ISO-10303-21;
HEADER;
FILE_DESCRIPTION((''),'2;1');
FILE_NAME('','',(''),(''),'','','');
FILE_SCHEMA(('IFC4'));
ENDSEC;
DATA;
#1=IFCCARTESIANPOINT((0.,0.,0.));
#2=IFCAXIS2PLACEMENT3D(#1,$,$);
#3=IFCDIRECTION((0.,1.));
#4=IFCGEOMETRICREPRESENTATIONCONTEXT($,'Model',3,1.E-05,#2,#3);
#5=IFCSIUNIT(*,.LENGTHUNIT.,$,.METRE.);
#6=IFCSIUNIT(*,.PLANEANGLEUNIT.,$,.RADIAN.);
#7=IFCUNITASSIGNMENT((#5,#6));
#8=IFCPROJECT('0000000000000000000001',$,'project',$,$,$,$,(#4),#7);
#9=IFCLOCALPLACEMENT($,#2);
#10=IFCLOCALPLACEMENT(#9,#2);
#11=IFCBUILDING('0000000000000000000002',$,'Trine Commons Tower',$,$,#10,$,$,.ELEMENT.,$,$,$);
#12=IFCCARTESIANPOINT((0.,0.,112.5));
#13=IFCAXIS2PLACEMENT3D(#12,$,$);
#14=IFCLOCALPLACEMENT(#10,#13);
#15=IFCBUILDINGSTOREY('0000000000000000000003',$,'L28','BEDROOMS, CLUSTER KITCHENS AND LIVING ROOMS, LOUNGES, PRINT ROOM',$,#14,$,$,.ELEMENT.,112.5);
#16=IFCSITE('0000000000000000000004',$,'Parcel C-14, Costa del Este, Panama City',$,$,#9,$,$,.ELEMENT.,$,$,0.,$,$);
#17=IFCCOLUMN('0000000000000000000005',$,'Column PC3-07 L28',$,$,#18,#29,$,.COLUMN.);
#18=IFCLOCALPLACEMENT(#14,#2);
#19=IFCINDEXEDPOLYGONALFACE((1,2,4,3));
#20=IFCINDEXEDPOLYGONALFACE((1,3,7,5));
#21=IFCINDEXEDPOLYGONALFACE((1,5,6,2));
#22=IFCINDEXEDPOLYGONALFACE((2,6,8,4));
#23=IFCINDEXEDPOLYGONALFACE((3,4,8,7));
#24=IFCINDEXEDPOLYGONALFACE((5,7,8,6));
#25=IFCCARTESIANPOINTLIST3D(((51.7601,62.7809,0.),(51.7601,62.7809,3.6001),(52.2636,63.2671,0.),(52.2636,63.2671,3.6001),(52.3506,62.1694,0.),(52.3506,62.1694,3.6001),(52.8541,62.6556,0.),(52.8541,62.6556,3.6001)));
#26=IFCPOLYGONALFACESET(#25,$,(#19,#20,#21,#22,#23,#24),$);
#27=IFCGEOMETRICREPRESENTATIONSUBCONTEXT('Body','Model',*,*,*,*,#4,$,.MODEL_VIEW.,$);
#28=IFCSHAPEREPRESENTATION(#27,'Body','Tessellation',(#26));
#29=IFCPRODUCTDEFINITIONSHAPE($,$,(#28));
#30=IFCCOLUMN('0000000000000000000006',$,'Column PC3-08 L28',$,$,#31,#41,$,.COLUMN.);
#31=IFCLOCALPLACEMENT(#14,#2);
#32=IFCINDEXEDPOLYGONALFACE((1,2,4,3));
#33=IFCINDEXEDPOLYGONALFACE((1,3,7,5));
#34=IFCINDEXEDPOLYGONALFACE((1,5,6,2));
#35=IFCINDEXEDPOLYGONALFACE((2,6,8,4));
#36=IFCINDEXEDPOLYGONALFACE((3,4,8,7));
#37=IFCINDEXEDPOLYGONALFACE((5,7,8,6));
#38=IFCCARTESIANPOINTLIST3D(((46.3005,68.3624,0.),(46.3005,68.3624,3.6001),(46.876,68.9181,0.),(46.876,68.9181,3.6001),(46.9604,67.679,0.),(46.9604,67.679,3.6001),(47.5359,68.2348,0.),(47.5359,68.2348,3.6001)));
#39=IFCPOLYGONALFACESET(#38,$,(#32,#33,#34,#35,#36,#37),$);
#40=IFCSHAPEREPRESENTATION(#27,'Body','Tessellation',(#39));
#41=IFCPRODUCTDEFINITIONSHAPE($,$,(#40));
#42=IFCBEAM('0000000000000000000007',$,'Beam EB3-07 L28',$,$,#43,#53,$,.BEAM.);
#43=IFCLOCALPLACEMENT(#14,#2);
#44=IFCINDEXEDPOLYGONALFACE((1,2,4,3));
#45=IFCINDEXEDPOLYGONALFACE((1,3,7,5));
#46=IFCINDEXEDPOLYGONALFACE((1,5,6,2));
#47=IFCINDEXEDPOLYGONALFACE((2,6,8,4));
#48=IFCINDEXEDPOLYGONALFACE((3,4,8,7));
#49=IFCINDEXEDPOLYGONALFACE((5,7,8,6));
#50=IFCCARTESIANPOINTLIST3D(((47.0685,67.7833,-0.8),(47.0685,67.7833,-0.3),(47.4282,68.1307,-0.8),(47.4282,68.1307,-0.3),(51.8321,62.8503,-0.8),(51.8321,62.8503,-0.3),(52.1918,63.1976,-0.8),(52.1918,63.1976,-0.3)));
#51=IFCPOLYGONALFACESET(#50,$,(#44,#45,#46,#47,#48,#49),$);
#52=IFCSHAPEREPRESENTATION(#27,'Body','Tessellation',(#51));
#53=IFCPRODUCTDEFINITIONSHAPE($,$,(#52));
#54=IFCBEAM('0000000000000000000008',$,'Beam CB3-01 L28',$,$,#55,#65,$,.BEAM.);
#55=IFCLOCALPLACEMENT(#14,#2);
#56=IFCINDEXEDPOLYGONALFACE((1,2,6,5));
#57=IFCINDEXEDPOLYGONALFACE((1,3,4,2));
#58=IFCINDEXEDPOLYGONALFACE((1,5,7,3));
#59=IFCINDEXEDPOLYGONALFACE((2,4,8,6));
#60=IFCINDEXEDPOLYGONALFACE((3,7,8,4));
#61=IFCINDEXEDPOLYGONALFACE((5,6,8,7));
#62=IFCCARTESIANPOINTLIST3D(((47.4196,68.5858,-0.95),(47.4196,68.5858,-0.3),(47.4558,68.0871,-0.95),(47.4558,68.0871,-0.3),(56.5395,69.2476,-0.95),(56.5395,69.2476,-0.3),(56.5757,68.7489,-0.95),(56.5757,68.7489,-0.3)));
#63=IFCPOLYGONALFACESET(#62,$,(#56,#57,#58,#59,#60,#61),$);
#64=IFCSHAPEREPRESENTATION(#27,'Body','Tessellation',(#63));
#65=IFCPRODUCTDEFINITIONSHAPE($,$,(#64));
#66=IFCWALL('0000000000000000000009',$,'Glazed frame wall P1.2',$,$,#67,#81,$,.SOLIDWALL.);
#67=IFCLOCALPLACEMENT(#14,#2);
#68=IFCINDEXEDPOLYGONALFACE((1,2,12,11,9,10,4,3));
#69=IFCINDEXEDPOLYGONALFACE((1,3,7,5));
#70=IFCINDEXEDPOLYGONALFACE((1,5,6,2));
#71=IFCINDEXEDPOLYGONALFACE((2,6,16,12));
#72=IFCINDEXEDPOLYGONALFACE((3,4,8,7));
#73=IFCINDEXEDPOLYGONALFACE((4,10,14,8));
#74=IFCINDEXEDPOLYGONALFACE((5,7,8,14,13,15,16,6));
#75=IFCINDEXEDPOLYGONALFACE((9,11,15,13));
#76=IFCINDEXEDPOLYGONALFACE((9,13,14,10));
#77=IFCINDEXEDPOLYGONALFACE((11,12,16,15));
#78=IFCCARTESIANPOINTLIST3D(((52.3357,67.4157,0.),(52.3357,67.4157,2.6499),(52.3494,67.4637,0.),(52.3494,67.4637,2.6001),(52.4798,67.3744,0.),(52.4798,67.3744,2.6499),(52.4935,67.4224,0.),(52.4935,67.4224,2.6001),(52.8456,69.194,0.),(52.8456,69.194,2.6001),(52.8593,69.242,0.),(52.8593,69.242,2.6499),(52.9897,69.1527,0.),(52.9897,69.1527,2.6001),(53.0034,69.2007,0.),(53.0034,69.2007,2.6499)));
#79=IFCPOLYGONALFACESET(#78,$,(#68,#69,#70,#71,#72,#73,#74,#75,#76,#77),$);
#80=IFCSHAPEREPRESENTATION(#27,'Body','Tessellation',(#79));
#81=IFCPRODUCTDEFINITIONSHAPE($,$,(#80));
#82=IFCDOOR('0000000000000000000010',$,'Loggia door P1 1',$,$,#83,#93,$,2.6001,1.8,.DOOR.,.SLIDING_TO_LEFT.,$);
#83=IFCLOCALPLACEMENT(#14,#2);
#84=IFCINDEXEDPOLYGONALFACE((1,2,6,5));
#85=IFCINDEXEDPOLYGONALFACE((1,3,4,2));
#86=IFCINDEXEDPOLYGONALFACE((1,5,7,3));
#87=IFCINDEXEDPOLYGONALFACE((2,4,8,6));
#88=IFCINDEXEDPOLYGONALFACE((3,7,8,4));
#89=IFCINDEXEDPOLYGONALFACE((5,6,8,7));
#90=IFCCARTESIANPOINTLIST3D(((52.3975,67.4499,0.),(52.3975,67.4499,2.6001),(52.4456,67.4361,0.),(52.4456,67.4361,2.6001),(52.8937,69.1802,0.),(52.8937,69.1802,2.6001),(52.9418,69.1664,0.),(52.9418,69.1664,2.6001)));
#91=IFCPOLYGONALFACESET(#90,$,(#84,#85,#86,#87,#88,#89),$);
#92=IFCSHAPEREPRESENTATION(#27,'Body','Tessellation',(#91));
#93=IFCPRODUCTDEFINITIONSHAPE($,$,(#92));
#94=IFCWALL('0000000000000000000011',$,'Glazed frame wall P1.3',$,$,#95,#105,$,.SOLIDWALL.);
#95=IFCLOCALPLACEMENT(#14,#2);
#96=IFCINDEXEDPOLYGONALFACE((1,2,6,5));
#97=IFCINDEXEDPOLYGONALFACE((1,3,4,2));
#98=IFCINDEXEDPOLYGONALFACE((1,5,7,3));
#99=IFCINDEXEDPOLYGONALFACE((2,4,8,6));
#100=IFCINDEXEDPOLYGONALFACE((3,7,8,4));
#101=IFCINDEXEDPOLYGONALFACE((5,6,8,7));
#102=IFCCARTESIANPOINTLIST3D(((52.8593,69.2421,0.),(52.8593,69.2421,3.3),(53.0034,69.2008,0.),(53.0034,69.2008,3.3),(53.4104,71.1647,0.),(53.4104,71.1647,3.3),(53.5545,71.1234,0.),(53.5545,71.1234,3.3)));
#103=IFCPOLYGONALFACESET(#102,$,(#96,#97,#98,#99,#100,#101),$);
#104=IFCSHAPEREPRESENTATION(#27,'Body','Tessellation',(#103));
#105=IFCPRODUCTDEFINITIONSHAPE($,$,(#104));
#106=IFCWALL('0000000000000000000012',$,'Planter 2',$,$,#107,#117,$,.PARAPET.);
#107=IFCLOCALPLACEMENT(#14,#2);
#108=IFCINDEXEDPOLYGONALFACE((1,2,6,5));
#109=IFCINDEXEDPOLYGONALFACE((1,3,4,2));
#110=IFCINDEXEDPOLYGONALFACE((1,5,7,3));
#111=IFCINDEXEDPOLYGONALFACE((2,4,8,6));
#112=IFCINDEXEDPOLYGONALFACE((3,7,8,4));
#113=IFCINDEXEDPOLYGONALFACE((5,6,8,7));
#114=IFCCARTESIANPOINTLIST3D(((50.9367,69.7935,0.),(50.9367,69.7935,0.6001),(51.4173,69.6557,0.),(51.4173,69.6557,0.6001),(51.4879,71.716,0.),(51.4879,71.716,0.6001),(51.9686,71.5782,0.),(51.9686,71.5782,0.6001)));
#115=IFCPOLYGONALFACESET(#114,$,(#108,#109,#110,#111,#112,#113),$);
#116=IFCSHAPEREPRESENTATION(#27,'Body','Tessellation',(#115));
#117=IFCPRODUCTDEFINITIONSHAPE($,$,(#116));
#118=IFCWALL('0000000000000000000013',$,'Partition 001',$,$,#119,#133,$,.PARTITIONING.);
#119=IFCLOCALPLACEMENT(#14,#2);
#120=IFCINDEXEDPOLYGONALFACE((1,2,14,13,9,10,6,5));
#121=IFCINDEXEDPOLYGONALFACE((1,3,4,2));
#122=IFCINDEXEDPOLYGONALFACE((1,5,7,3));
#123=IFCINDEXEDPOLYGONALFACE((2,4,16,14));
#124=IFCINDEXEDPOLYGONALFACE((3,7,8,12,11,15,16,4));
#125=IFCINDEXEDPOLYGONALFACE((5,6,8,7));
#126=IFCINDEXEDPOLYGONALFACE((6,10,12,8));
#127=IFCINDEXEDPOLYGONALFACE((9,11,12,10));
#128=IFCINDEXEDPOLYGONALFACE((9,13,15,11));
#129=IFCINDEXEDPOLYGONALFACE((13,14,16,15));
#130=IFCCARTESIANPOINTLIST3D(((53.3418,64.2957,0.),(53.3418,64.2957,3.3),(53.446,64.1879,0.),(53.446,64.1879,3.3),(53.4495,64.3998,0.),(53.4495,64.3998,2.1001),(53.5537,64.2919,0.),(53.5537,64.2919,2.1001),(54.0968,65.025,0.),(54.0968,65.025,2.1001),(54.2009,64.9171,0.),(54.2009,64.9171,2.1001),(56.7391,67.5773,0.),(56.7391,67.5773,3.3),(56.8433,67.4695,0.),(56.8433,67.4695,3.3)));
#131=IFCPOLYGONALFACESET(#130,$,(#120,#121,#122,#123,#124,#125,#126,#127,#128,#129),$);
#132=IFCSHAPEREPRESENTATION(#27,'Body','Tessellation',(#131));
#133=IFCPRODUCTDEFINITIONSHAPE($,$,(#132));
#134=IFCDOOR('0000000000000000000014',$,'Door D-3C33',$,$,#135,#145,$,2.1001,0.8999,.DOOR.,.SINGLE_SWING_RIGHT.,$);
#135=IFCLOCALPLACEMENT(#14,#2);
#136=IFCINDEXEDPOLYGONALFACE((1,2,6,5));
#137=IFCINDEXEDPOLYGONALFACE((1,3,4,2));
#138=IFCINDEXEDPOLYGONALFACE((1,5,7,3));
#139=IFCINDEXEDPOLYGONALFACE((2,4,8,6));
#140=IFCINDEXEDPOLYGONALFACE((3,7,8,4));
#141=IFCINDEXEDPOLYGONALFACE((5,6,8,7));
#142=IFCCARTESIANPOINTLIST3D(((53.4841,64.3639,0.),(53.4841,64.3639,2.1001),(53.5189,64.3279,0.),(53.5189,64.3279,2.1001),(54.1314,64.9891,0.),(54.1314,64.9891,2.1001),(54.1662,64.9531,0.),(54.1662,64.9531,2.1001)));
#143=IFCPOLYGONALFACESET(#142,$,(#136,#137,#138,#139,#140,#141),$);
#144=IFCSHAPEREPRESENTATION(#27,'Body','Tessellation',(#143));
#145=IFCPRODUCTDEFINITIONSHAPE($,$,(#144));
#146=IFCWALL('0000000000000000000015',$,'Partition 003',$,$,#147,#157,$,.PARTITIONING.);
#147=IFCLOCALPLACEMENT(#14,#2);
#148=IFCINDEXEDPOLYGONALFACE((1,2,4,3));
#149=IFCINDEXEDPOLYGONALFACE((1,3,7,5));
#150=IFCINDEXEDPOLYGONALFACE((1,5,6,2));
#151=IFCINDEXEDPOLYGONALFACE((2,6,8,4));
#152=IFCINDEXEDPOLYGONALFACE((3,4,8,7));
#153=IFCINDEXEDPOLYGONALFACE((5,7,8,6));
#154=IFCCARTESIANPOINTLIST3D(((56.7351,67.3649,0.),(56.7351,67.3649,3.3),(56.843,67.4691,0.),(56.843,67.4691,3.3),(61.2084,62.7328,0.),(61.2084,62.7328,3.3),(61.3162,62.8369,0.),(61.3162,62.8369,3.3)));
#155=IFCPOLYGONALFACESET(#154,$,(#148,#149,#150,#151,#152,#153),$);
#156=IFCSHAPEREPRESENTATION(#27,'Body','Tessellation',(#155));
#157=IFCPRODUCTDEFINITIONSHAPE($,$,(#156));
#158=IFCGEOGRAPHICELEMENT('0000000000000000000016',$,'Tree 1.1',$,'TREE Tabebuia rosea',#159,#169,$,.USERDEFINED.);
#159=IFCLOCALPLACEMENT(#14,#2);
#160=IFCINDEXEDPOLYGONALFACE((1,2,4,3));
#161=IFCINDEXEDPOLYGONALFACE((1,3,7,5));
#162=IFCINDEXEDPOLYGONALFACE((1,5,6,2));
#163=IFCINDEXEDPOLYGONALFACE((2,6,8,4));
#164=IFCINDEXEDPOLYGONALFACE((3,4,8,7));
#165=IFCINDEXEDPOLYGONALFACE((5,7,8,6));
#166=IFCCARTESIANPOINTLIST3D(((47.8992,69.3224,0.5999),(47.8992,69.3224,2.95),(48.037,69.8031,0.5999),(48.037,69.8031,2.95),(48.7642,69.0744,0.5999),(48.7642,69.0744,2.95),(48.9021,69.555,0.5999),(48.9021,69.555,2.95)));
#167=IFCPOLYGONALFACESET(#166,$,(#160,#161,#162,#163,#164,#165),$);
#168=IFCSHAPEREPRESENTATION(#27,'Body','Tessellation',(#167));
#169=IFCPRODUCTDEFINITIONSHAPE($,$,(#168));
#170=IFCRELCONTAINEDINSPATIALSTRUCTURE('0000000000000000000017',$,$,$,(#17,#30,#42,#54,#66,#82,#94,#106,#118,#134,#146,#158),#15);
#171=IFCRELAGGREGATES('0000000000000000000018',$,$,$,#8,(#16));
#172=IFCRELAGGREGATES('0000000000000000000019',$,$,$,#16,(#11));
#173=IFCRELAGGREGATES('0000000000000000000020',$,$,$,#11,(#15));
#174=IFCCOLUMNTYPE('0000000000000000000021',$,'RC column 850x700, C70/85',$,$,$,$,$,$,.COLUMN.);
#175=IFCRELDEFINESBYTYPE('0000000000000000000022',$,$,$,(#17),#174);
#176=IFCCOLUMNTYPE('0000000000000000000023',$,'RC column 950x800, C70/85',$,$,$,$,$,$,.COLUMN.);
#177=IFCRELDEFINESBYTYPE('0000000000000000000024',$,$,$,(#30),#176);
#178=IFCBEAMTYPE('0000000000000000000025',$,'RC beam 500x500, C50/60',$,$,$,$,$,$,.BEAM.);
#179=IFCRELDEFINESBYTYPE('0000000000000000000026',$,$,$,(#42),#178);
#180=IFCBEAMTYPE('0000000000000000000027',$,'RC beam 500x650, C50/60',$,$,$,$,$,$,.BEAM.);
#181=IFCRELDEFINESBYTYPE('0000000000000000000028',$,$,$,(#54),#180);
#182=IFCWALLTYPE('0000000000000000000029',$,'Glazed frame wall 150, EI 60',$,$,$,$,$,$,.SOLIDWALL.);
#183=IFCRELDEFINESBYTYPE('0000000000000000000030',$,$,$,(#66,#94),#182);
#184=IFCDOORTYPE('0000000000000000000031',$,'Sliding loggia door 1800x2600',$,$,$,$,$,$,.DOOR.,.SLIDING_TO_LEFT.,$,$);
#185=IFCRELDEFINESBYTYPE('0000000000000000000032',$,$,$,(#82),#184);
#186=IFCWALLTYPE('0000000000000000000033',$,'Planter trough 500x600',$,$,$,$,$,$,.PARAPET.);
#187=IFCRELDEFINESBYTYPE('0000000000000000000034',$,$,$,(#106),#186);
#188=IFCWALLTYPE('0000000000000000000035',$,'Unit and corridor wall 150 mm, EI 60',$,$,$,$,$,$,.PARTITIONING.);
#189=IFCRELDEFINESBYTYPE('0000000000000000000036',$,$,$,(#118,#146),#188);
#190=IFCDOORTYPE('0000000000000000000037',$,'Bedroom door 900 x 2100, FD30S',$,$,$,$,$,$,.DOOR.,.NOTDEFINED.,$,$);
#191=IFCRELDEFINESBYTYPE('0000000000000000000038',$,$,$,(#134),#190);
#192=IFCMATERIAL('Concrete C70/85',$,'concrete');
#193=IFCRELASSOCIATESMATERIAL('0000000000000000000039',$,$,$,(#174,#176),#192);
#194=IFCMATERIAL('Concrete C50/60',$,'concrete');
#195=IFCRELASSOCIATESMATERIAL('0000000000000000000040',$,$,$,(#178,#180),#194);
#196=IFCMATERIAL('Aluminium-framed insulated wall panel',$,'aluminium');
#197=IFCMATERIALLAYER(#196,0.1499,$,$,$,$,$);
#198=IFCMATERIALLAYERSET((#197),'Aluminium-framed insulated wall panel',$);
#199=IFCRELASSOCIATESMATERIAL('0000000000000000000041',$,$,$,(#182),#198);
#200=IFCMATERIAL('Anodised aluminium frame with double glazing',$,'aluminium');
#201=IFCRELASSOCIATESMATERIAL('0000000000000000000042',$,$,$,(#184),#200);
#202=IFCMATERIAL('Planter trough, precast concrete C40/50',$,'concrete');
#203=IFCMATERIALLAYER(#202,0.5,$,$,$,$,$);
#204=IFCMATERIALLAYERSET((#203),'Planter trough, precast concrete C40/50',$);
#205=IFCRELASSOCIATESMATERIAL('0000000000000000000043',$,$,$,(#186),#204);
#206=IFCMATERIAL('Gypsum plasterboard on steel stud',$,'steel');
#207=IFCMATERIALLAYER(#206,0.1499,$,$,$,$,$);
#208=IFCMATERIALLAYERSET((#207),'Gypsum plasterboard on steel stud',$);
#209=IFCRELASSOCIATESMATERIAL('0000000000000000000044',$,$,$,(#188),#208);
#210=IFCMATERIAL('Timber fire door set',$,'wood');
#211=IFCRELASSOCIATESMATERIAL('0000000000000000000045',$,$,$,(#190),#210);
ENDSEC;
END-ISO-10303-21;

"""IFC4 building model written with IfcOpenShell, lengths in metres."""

from ifc_helpers import new_model, si_unit, direction, frame, frame_2d, origin, origin_2d, place, context, subcontext, project, spatial, polyline, rectangle, outline, extrude, material, layer, layer_set, material_profile, profile_set, type_object, element, fill, save


model = new_model("IFC4")

# Units and contexts
model_context = context("Model", 3, precision=1e-05, world=origin(), true_north=direction((0.0, 1.0)))
body_context = subcontext(model_context, "Body", "Model", "MODEL_VIEW")
ifc_project = project(units=[si_unit("LENGTHUNIT", "METRE"), si_unit("PLANEANGLEUNIT", "RADIAN")], contexts=[model_context])

# Site, building, storey
site_placement = place(None, origin())
site = spatial("IfcSite", under=ifc_project, at=site_placement, Name="Parcel C-14, Costa del Este, Panama City", CompositionType="ELEMENT", RefElevation=0.0)
building_placement = place(site_placement, origin())
building = spatial("IfcBuilding", under=site, at=building_placement, Name="Trine Commons Tower", CompositionType="ELEMENT")
storey_placement = place(building_placement, frame((0.0, 0.0, 112.5)))
storey = spatial("IfcBuildingStorey", under=building, at=storey_placement, Name="L28", Description="BEDROOMS, CLUSTER KITCHENS AND LIVING ROOMS, LOUNGES, PRINT ROOM", CompositionType="ELEMENT", Elevation=112.5)

# Columns
ifc_material_1 = material(Name="Concrete C70/85", Category="concrete")
ifc_material_profile_1 = material_profile(ifc_material_1, rectangle(XDim=0.8501, YDim=0.7, at=origin_2d()), Name="RC 850x700")
ifc_profile_set_1 = profile_set([ifc_material_profile_1], Name="Concrete C70/85")
column_type_1 = type_object("IfcColumnType", Name="RC column 850x700, C70/85", PredefinedType="COLUMN", material=ifc_profile_set_1)
column_1_placement = place(storey_placement, frame((52.3071, 62.7183, 0.0), z_axis=(0.0, 0.0, 1.0), x_axis=(-0.694658, 0.71934, 0.0)))
element("IfcColumn", 1, at=column_1_placement, inside=storey, type_object=column_type_1, Name="Column PC3-07 L28", PredefinedType="COLUMN", context=body_context, shape_type="SweptSolid", body=[
    extrude(rectangle(XDim=0.8501, YDim=0.7, at=origin_2d()), origin(), (0.0, 0.0, 1.0), 3.6001),
])
ifc_material_profile_2 = material_profile(ifc_material_1, rectangle(XDim=0.95, YDim=0.8, at=origin_2d()), Name="RC 950x800")
ifc_profile_set_2 = profile_set([ifc_material_profile_2], Name="Concrete C70/85")
column_type_2 = type_object("IfcColumnType", Name="RC column 950x800, C70/85", PredefinedType="COLUMN", material=ifc_profile_set_2)
column_2_placement = place(storey_placement, frame((46.9182, 68.2986, 0.0), z_axis=(0.0, 0.0, 1.0), x_axis=(-0.694658, 0.71934, 0.0)))
element("IfcColumn", 2, at=column_2_placement, inside=storey, type_object=column_type_2, Name="Column PC3-08 L28", PredefinedType="COLUMN", context=body_context, shape_type="SweptSolid", body=[
    extrude(rectangle(XDim=0.95, YDim=0.8, at=origin_2d()), origin(), (0.0, 0.0, 1.0), 3.6001),
])

# Beams
ifc_material_2 = material(Name="Concrete C50/60", Category="concrete")
ifc_material_profile_3 = material_profile(ifc_material_2, rectangle(XDim=0.5, YDim=0.5, at=origin_2d()), Name="RC 500x500")
ifc_profile_set_3 = profile_set([ifc_material_profile_3], Name="Concrete C50/60")
beam_type_1 = type_object("IfcBeamType", Name="RC beam 500x500, C50/60", PredefinedType="BEAM", material=ifc_profile_set_3)
beam_1_placement = place(storey_placement, frame((52.012, 63.0239, -0.55), z_axis=(-0.694645, 0.719352, 0.0), x_axis=(-0.719352, -0.694645, 0.0)))
element("IfcBeam", 3, at=beam_1_placement, inside=storey, type_object=beam_type_1, Name="Beam EB3-07 L28", PredefinedType="BEAM", context=body_context, shape_type="SweptSolid", body=[
    extrude(rectangle(XDim=0.5, YDim=0.5, at=origin_2d()), origin(), (0.0, 0.0, 1.0), 6.8577),
])
ifc_material_profile_4 = material_profile(ifc_material_2, rectangle(XDim=0.5, YDim=0.6499, at=origin_2d()), Name="RC 500x650")
ifc_profile_set_4 = profile_set([ifc_material_profile_4], Name="Concrete C50/60")
beam_type_2 = type_object("IfcBeamType", Name="RC beam 500x650, C50/60", PredefinedType="BEAM", material=ifc_profile_set_4)
beam_2_placement = place(storey_placement, frame((47.4377, 68.3364, -0.625), z_axis=(0.997377, 0.072384, 0.0), x_axis=(-0.072384, 0.997377, 0.0)))
element("IfcBeam", 4, at=beam_2_placement, inside=storey, type_object=beam_type_2, Name="Beam CB3-01 L28", PredefinedType="BEAM", context=body_context, shape_type="SweptSolid", body=[
    extrude(rectangle(XDim=0.5, YDim=0.6499, at=origin_2d()), origin(), (0.0, 0.0, 1.0), 9.1438),
])

# Shared definitions
ifc_material_3 = material(Name="Aluminium-framed insulated wall panel", Category="aluminium")
ifc_layer_1 = layer(ifc_material_3, 0.1499)
ifc_layer_set_1 = layer_set([ifc_layer_1], Name="Aluminium-framed insulated wall panel")
wall_type_1 = type_object("IfcWallType", Name="Glazed frame wall 150, EI 60", PredefinedType="SOLIDWALL", material=ifc_layer_set_1)

# Wall, opening, door
wall_1_placement = place(storey_placement, frame((52.4077, 67.395, 0.0), z_axis=(0.0, 0.0, 1.0), x_axis=(0.27562, 0.961267, 0.0)))
wall_1 = element("IfcWall", 5, at=wall_1_placement, inside=storey, type_object=wall_type_1, Name="Glazed frame wall P1.2", PredefinedType="SOLIDWALL", context=body_context, shape_type="SweptSolid", body=[
    extrude(outline(polyline([(0.0, -0.075), (1.8999, -0.075), (1.8999, 0.075), (0.0, 0.075), (0.0, -0.075)])), origin(), (0.0, 0.0, 1.0), 2.6499),
])
opening_1_placement = place(wall_1_placement, frame((0.05, 0.0, 0.0)))
opening_1 = element("IfcOpeningElement", 6, at=opening_1_placement, cuts=wall_1, PredefinedType="OPENING", context=body_context, shape_type="SweptSolid", body=[
    extrude(rectangle(XDim=1.8, YDim=2.6001, at=frame_2d((0.8999, 1.3))), frame((0.0, 0.085, 0.0), z_axis=(0.0, -1.0, 0.0), x_axis=(1.0, 0.0, 0.0)), (0.0, 0.0, 1.0), 0.1699),
])
ifc_material_4 = material(Name="Anodised aluminium frame with double glazing", Category="aluminium")
door_type_1 = type_object("IfcDoorType", Name="Sliding loggia door 1800x2600", OperationType="SLIDING_TO_LEFT", PredefinedType="DOOR", material=ifc_material_4)
door_1_placement = place(opening_1_placement, origin())
door_1 = element("IfcDoor", 7, at=door_1_placement, inside=storey, type_object=door_type_1, Name="Loggia door P1 1", OperationType="SLIDING_TO_LEFT", OverallHeight=2.6001, OverallWidth=1.8, PredefinedType="DOOR", context=body_context, shape_type="SweptSolid", body=[
    extrude(rectangle(XDim=1.8, YDim=2.6001, at=frame_2d((0.8999, 1.3))), frame((0.0, 0.0249, 0.0), z_axis=(0.0, -1.0, 0.0), x_axis=(1.0, 0.0, 0.0)), (0.0, 0.0, 1.0), 0.05),
])
fill(opening_1, door_1)

# Walls
wall_2_placement = place(storey_placement, frame((52.9314, 69.2214, 0.0), z_axis=(0.0, 0.0, 1.0), x_axis=(0.275511, 0.961298, 0.0)))
element("IfcWall", 8, at=wall_2_placement, inside=storey, type_object=wall_type_1, Name="Glazed frame wall P1.3", PredefinedType="SOLIDWALL", context=body_context, shape_type="SweptSolid", body=[
    extrude(outline(polyline([(0.0, -0.075), (2.0, -0.075), (2.0, 0.075), (0.0, 0.075), (0.0, -0.075)])), origin(), (0.0, 0.0, 1.0), 3.3),
])
ifc_material_5 = material(Name="Planter trough, precast concrete C40/50", Category="concrete")
ifc_layer_2 = layer(ifc_material_5, 0.5)
ifc_layer_set_2 = layer_set([ifc_layer_2], Name="Planter trough, precast concrete C40/50")
wall_type_2 = type_object("IfcWallType", Name="Planter trough 500x600", PredefinedType="PARAPET", material=ifc_layer_set_2)
wall_3_placement = place(storey_placement, frame((51.177, 69.7246, 0.0), z_axis=(0.0, 0.0, 1.0), x_axis=(0.275624, 0.961266, 0.0)))
element("IfcWall", 9, at=wall_3_placement, inside=storey, type_object=wall_type_2, Name="Planter 2", PredefinedType="PARAPET", context=body_context, shape_type="SweptSolid", body=[
    extrude(rectangle(XDim=2.0, YDim=0.5, at=frame_2d((1.0, 0.0))), origin(), (0.0, 0.0, 1.0), 0.6001),
])

# Wall, opening, door
ifc_material_6 = material(Name="Gypsum plasterboard on steel stud", Category="steel")
ifc_layer_3 = layer(ifc_material_6, 0.1499)
ifc_layer_set_3 = layer_set([ifc_layer_3], Name="Gypsum plasterboard on steel stud")
wall_type_3 = type_object("IfcWallType", Name="Unit and corridor wall 150 mm, EI 60", PredefinedType="PARTITIONING", material=ifc_layer_set_3)
wall_4_placement = place(storey_placement, frame((53.3938, 64.2417, 0.0), z_axis=(0.0, 0.0, 1.0), x_axis=(0.719251, 0.69475, 0.0)))
wall_4 = element("IfcWall", 10, at=wall_4_placement, inside=storey, type_object=wall_type_3, Name="Partition 001", PredefinedType="PARTITIONING", context=body_context, shape_type="SweptSolid", body=[
    extrude(rectangle(XDim=4.7234, YDim=0.1499, at=frame_2d((2.3618, 0.0))), origin(), (0.0, 0.0, 1.0), 3.3),
])
opening_2_placement = place(wall_4_placement, frame((0.1499, 0.0, 0.0)))
opening_2 = element("IfcOpeningElement", 11, at=opening_2_placement, cuts=wall_4, PredefinedType="OPENING", context=body_context, shape_type="SweptSolid", body=[
    extrude(rectangle(XDim=0.8999, YDim=2.1001, at=frame_2d((0.45, 1.05))), frame((0.0, 0.085, 0.0), z_axis=(0.0, -1.0, 0.0), x_axis=(1.0, 0.0, 0.0)), (0.0, 0.0, 1.0), 0.1699),
])
ifc_material_7 = material(Name="Timber fire door set", Category="wood")
door_type_2 = type_object("IfcDoorType", Name="Bedroom door 900 x 2100, FD30S", OperationType="NOTDEFINED", PredefinedType="DOOR", material=ifc_material_7)
door_2_placement = place(opening_2_placement, frame((0.8999, 0.0, 0.0), z_axis=(0.0, 0.0, 1.0), x_axis=(-1.0, 0.0, 0.0)))
door_2 = element("IfcDoor", 12, at=door_2_placement, inside=storey, type_object=door_type_2, Name="Door D-3C33", OperationType="SINGLE_SWING_RIGHT", OverallHeight=2.1001, OverallWidth=0.8999, PredefinedType="DOOR", context=body_context, shape_type="SweptSolid", body=[
    extrude(rectangle(XDim=0.8999, YDim=2.1001, at=frame_2d((0.45, 1.05))), frame((0.0, 0.0249, 0.0), z_axis=(0.0, -1.0, 0.0), x_axis=(1.0, 0.0, 0.0)), (0.0, 0.0, 1.0), 0.05),
])
fill(opening_2, door_2)

# Wall
wall_5_placement = place(storey_placement, frame((56.7891, 67.417, 0.0), z_axis=(0.0, 0.0, 1.0), x_axis=(0.694658, -0.71934, 0.0)))
element("IfcWall", 13, at=wall_5_placement, inside=storey, type_object=wall_type_3, Name="Partition 003", PredefinedType="PARTITIONING", context=body_context, shape_type="SweptSolid", body=[
    extrude(rectangle(XDim=6.4395, YDim=0.1499, at=frame_2d((3.2197, 0.0))), origin(), (0.0, 0.0, 1.0), 3.3),
])

# Geographic element
geographic_element_placement = place(storey_placement, frame((48.4006, 69.4387, 0.5999), z_axis=(0.0, 0.0, 1.0), x_axis=(0.961261, -0.275641, 0.0)))
element("IfcGeographicElement", 14, at=geographic_element_placement, inside=storey, Name="Tree 1.1", ObjectType="TREE Tabebuia rosea", PredefinedType="USERDEFINED", context=body_context, shape_type="SweptSolid", body=[
    extrude(rectangle(XDim=0.8999, YDim=0.5, at=origin_2d()), origin(), (0.0, 0.0, 1.0), 2.3501),
])

save(model, "model.ifc")
